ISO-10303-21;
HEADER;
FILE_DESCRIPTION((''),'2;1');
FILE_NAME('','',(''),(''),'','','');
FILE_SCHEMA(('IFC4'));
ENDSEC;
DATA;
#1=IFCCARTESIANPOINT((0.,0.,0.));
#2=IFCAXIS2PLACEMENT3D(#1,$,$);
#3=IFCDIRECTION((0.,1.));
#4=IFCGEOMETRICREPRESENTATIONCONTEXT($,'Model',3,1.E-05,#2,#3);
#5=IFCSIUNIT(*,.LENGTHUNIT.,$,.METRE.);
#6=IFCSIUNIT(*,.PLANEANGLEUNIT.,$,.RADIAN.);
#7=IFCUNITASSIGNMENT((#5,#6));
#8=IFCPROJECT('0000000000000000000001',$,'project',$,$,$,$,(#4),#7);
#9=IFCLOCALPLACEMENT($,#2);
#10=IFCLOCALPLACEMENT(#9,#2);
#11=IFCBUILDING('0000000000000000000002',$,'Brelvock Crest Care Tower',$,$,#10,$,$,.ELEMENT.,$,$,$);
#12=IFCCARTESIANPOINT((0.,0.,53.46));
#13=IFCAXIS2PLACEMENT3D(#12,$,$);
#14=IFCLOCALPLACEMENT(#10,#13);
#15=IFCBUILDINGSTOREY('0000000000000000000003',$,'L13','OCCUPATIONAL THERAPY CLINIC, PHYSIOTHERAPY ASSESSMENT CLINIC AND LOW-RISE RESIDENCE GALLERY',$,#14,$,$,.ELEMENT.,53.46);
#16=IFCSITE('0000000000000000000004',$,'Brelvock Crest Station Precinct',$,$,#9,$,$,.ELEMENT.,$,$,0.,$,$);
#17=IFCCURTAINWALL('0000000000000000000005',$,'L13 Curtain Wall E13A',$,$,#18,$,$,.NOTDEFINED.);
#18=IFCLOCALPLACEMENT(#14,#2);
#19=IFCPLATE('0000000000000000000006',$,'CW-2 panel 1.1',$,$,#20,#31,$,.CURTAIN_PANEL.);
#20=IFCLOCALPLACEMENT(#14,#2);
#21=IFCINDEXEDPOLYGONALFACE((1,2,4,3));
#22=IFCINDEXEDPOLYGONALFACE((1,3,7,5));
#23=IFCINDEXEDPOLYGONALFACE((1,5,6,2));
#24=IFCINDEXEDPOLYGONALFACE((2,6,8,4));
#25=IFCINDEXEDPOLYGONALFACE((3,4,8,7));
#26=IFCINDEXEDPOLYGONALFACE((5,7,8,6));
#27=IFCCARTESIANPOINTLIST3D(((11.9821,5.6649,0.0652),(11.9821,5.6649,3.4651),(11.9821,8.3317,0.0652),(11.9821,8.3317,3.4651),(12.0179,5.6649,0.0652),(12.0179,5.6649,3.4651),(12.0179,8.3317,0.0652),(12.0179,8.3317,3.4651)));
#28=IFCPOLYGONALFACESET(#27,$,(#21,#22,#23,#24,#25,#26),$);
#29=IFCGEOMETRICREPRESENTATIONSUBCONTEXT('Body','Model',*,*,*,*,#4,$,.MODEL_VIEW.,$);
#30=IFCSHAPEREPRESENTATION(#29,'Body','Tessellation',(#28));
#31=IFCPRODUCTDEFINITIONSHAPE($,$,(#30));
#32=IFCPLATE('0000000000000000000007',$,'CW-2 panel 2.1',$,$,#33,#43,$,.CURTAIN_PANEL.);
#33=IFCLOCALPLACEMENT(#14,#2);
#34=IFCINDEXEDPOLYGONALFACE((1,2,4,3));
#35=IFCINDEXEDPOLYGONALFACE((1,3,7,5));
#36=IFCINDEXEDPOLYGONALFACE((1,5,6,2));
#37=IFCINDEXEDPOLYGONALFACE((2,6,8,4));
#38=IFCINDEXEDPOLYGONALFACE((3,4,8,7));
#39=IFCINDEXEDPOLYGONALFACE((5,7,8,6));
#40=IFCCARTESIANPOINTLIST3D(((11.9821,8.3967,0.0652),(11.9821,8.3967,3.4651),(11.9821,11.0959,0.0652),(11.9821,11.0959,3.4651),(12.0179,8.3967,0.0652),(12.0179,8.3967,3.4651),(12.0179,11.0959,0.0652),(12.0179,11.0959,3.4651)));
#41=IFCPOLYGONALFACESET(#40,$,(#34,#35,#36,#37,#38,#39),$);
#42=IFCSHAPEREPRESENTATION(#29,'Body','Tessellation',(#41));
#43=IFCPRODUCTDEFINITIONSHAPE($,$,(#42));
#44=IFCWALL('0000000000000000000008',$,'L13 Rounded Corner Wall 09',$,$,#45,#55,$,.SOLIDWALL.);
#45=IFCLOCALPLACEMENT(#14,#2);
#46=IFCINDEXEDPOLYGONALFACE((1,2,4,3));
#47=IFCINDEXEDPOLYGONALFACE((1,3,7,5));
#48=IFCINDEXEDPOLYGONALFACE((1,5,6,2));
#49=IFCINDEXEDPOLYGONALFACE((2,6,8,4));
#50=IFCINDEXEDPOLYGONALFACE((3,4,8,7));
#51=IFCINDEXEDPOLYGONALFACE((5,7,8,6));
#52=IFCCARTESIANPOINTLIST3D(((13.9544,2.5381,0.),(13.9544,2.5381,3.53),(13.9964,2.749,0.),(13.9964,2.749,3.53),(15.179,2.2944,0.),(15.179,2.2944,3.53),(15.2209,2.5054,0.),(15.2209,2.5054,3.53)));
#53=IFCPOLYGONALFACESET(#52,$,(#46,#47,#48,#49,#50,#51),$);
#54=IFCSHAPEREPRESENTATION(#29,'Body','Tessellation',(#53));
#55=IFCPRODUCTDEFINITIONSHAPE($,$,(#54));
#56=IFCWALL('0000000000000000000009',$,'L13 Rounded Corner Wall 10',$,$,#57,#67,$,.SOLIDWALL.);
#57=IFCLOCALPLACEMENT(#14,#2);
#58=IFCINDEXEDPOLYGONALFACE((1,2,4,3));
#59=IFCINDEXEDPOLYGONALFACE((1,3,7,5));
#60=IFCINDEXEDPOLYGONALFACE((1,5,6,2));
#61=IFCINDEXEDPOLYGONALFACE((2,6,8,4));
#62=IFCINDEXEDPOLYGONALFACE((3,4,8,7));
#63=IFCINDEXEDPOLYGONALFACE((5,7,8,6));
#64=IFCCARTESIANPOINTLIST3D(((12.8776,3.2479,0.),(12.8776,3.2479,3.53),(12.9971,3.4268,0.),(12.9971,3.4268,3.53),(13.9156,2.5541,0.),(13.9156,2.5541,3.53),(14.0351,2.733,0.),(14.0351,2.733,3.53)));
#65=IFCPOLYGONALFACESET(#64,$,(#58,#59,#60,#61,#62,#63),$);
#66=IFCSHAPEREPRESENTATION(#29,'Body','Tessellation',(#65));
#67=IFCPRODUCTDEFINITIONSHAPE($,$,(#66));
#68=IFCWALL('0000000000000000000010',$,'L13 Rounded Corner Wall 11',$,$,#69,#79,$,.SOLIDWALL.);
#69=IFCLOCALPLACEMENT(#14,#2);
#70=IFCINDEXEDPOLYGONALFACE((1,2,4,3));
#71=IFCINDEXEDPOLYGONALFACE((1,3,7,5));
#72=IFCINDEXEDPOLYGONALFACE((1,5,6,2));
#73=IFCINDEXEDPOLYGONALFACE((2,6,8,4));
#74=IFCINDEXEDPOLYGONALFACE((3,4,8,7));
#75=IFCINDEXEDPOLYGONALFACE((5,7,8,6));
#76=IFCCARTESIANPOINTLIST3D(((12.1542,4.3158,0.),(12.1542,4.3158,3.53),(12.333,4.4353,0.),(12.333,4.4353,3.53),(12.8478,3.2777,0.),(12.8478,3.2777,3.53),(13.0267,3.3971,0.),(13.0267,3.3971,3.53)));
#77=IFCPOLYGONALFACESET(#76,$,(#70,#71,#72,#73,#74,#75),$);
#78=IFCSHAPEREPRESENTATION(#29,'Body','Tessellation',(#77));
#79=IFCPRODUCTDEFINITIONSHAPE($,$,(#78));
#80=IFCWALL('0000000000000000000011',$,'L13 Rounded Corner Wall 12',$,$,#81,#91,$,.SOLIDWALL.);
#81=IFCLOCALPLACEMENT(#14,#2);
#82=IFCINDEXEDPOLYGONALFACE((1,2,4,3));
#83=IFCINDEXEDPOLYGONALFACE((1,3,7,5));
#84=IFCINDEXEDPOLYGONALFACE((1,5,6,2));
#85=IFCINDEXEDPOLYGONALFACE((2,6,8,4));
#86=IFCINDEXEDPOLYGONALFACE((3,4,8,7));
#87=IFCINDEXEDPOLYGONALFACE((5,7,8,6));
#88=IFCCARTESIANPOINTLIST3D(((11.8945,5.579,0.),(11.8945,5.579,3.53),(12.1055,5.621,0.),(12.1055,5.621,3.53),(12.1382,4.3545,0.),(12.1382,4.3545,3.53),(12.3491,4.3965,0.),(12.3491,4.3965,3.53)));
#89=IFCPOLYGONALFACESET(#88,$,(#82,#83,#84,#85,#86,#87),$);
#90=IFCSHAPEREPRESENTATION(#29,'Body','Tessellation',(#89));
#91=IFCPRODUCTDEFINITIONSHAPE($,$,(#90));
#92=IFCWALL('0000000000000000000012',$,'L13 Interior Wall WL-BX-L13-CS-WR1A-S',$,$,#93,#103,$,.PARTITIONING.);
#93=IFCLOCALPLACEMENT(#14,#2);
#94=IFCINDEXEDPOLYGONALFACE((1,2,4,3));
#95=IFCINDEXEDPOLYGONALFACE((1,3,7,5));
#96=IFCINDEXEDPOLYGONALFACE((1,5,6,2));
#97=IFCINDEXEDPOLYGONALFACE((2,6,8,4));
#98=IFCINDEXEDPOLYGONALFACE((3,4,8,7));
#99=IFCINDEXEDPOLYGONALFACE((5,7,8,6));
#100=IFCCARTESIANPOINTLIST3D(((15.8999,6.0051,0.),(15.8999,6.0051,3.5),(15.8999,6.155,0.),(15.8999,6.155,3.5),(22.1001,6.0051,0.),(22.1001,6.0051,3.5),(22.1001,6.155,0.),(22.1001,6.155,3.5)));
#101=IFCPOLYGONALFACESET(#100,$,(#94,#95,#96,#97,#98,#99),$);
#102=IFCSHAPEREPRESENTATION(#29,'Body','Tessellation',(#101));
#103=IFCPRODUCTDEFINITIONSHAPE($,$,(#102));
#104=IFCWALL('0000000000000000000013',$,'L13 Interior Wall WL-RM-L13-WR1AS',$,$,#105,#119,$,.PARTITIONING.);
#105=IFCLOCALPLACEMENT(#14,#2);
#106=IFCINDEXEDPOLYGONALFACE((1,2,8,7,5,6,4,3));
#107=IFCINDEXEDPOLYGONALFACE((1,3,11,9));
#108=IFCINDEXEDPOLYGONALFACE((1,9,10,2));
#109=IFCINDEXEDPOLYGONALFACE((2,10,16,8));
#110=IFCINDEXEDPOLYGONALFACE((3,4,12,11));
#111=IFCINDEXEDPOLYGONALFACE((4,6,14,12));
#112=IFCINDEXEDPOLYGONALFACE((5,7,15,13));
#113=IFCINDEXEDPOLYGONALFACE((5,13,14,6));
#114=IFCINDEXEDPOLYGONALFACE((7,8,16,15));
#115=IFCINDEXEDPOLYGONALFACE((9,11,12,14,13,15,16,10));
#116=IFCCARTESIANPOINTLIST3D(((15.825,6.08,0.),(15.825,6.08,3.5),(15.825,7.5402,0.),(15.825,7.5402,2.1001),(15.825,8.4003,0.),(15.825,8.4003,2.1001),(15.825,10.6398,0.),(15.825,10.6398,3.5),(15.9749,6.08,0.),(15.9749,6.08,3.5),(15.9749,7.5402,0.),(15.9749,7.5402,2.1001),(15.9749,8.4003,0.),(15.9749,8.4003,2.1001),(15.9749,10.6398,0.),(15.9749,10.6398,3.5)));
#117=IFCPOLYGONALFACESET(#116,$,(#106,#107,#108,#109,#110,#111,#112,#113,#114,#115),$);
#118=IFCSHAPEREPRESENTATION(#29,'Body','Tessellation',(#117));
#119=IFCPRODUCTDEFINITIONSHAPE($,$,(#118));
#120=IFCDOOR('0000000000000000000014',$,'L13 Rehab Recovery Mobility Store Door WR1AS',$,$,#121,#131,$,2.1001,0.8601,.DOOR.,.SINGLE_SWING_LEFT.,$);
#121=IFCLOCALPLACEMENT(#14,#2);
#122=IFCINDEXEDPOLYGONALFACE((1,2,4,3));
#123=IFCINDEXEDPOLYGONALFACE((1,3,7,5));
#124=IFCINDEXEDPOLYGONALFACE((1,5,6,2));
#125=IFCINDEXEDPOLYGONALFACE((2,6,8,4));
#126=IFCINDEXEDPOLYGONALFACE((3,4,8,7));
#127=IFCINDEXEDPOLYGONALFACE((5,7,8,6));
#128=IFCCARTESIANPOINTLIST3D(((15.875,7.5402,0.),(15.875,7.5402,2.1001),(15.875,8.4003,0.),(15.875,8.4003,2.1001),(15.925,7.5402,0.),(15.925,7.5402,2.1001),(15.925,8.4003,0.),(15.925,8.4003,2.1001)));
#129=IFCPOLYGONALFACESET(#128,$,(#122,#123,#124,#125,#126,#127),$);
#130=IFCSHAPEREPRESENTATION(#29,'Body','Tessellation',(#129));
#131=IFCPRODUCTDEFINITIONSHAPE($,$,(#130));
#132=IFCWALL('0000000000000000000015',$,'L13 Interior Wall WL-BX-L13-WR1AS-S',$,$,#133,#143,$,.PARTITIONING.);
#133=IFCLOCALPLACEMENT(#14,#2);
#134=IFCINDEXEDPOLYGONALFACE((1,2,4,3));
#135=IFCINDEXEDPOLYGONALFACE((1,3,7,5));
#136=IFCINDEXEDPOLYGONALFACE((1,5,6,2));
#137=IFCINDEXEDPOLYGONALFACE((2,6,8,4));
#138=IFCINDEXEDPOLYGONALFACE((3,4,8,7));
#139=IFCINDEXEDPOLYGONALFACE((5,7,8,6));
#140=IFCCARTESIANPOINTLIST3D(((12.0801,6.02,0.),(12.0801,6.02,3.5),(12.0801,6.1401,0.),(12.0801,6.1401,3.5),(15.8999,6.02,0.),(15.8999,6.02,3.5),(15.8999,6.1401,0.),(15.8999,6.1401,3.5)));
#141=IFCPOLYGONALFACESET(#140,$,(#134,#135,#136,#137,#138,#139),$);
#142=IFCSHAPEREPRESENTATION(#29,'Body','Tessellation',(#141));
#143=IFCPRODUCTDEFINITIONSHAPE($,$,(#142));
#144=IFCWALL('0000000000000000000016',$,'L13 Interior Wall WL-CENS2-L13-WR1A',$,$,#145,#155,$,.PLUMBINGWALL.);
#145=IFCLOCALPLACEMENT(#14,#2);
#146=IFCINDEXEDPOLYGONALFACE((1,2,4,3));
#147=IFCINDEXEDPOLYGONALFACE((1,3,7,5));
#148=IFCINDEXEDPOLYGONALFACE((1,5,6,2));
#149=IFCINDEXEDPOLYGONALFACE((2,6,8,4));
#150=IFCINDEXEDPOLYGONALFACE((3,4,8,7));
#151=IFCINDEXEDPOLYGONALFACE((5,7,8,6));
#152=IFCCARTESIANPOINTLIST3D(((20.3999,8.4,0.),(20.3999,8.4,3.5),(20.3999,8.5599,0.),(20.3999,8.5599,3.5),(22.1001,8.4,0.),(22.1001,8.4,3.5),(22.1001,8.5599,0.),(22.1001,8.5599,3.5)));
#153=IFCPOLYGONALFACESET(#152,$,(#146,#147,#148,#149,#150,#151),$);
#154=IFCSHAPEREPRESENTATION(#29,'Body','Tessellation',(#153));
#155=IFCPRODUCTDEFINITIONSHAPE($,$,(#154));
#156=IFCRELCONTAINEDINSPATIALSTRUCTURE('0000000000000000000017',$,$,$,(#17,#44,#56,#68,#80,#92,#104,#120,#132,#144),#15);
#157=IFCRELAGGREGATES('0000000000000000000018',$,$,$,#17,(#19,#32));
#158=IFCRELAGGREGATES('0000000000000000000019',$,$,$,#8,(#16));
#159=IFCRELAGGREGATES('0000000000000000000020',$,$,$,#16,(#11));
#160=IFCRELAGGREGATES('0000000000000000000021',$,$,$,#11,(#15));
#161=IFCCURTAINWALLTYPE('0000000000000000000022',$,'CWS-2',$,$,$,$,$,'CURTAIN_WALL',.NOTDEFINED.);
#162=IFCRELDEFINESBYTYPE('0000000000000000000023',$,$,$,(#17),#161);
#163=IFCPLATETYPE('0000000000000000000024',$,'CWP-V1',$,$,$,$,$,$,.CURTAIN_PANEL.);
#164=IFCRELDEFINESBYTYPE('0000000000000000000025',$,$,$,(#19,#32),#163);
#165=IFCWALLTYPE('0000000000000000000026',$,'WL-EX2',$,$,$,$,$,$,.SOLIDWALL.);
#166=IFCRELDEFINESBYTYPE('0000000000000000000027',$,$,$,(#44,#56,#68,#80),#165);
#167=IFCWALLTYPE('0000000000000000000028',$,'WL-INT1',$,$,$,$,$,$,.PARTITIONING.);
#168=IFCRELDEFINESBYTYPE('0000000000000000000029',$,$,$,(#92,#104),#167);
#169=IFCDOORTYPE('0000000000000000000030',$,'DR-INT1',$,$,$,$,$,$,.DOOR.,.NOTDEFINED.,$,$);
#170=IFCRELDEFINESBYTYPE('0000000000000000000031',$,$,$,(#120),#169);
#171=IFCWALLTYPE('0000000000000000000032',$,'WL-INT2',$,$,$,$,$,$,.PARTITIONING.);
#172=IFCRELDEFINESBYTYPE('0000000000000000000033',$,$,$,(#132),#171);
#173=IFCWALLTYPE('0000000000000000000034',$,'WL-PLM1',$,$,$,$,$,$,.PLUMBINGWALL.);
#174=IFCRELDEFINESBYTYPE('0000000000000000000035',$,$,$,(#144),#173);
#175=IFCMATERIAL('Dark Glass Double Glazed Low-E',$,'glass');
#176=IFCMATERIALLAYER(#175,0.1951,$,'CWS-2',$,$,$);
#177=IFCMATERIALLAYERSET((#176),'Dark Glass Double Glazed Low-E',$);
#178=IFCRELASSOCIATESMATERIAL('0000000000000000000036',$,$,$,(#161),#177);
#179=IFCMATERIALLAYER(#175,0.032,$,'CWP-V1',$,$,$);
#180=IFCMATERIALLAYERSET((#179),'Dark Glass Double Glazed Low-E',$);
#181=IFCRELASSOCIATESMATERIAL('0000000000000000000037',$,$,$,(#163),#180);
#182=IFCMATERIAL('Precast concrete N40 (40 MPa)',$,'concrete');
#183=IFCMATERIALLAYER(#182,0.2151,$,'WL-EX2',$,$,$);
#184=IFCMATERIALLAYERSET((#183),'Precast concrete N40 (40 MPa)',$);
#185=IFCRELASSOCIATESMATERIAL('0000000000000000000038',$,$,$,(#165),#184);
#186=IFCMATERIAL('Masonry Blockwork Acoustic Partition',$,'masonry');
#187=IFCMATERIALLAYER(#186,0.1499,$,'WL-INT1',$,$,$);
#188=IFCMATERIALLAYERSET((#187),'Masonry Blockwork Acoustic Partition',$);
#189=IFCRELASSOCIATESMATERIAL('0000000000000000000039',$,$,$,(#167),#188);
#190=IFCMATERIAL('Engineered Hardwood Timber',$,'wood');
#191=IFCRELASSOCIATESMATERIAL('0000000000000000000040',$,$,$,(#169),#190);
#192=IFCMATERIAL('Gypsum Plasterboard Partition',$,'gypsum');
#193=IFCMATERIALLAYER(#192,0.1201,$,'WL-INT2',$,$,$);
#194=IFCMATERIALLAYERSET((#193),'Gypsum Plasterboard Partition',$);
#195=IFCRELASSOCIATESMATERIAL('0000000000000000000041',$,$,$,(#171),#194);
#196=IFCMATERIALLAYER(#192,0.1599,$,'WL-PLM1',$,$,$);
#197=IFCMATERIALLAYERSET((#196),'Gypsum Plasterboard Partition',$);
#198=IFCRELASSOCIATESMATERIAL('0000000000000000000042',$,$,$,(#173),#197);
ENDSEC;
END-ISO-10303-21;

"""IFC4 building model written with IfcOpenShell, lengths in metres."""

from ifc_helpers import new_model, si_unit, direction, frame, frame_2d, origin, origin_2d, place, context, subcontext, project, spatial, rectangle, extrude, source, transform, mapped, material, layer, layer_set, type_object, element, fill, aggregate, save


model = new_model("IFC4")

# Units and contexts
model_context = context("Model", 3, precision=1e-05, world=origin(), true_north=direction((0.0, 1.0)))
body_context = subcontext(model_context, "Body", "Model", "MODEL_VIEW")
ifc_project = project(units=[si_unit("LENGTHUNIT", "METRE"), si_unit("PLANEANGLEUNIT", "RADIAN")], contexts=[model_context])

# Site, building, storey
site_placement = place(None, origin())
site = spatial("IfcSite", under=ifc_project, at=site_placement, Name="Brelvock Crest Station Precinct", CompositionType="ELEMENT", RefElevation=0.0)
building_placement = place(site_placement, origin())
building = spatial("IfcBuilding", under=site, at=building_placement, Name="Brelvock Crest Care Tower", CompositionType="ELEMENT")
storey_placement = place(building_placement, frame((0.0, 0.0, 53.46)))
storey = spatial("IfcBuildingStorey", under=building, at=storey_placement, Name="L13", Description="OCCUPATIONAL THERAPY CLINIC, PHYSIOTHERAPY ASSESSMENT CLINIC AND LOW-RISE RESIDENCE GALLERY", CompositionType="ELEMENT", Elevation=53.46)

# Curtain wall
ifc_material_1 = material(Name="Dark Glass Double Glazed Low-E", Category="glass")
ifc_layer_1 = layer(ifc_material_1, 0.1951, Name="CWS-2")
ifc_layer_set_1 = layer_set([ifc_layer_1], Name="Dark Glass Double Glazed Low-E")
curtain_wall_type = type_object("IfcCurtainWallType", Name="CWS-2", ElementType="CURTAIN_WALL", PredefinedType="NOTDEFINED", material=ifc_layer_set_1)
curtain_wall_1_placement = place(storey_placement, origin())
curtain_wall_1 = element("IfcCurtainWall", 1, at=curtain_wall_1_placement, inside=storey, type_object=curtain_wall_type, Name="L13 Curtain Wall E13A", PredefinedType="NOTDEFINED")

# Plates
ifc_layer_2 = layer(ifc_material_1, 0.032, Name="CWP-V1")
ifc_layer_set_2 = layer_set([ifc_layer_2], Name="Dark Glass Double Glazed Low-E")
plate_type = type_object("IfcPlateType", Name="CWP-V1", PredefinedType="CURTAIN_PANEL", material=ifc_layer_set_2)
shared_shape_1 = source(origin(), body_context, "Body", "SweptSolid", [
    extrude(rectangle(XDim=2.6667, YDim=0.0359, at=origin_2d()), origin(), (0.0, 0.0, 1.0), 3.3999),
])
plate_1_placement = place(storey_placement, frame((12.0, 6.9983, 0.0652), z_axis=(0.0, 0.0, 1.0), x_axis=(0.0, 1.0, 0.0)))
plate_1 = element("IfcPlate", 2, at=plate_1_placement, type_object=plate_type, Name="CW-2 panel 1.1", PredefinedType="CURTAIN_PANEL", context=body_context, shape_type="MappedRepresentation", body=[
    mapped(shared_shape_1, transform((0.0, 0.0, 0.0), x_axis=(1.0, 0.0, 0.0), y_axis=(0.0, 1.0, 0.0), z_axis=(0.0, 0.0, 1.0), scale=1.0)),
])
shared_shape_2 = source(origin(), body_context, "Body", "SweptSolid", [
    extrude(rectangle(XDim=2.6992, YDim=0.0359, at=origin_2d()), origin(), (0.0, 0.0, 1.0), 3.3999),
])
plate_2_placement = place(storey_placement, frame((12.0, 9.7463, 0.0652), z_axis=(0.0, 0.0, 1.0), x_axis=(0.0, 1.0, 0.0)))
plate_2 = element("IfcPlate", 3, at=plate_2_placement, type_object=plate_type, Name="CW-2 panel 2.1", PredefinedType="CURTAIN_PANEL", context=body_context, shape_type="MappedRepresentation", body=[
    mapped(shared_shape_2, transform((0.0, 0.0, 0.0), x_axis=(1.0, 0.0, 0.0), y_axis=(0.0, 1.0, 0.0), z_axis=(0.0, 0.0, 1.0), scale=1.0)),
])
aggregate(curtain_wall_1, [plate_1, plate_2])

# Walls
ifc_material_2 = material(Name="Precast concrete N40 (40 MPa)", Category="concrete")
ifc_layer_3 = layer(ifc_material_2, 0.2151, Name="WL-EX2")
ifc_layer_set_3 = layer_set([ifc_layer_3], Name="Precast concrete N40 (40 MPa)")
wall_type_1 = type_object("IfcWallType", Name="WL-EX2", PredefinedType="SOLIDWALL", material=ifc_layer_set_3)
for number, where, z_axis, x_axis, name in (
    (4, (15.2, 2.3999, 0.0), (0.0, 0.0, 1.0), (-0.980776, 0.195138, 0.0), "L13 Rounded Corner Wall 09"),
    (5, (13.9753, 2.6436, 0.0), (0.0, 0.0, 1.0), (-0.831388, 0.555692, 0.0), "L13 Rounded Corner Wall 10"),
    (6, (12.9373, 3.3374, 0.0), (0.0, 0.0, 1.0), (-0.555557, 0.831478, 0.0), "L13 Rounded Corner Wall 11"),
    (7, (12.2437, 4.3755, 0.0), (0.0, 0.0, 1.0), (-0.195138, 0.980776, 0.0), "L13 Rounded Corner Wall 12"),
):
    element("IfcWall", number, at=place(storey_placement, frame(where, z_axis=z_axis, x_axis=x_axis)), inside=storey, type_object=wall_type_1, Name=name, PredefinedType="SOLIDWALL", context=body_context, shape_type="SweptSolid", body=[
        extrude(rectangle(XDim=1.2485, YDim=0.2151, at=frame_2d((0.6243, 0.0))), origin(), (0.0, 0.0, 1.0), 3.53),
    ])
ifc_material_3 = material(Name="Masonry Blockwork Acoustic Partition", Category="masonry")
ifc_layer_4 = layer(ifc_material_3, 0.1499, Name="WL-INT1")
ifc_layer_set_4 = layer_set([ifc_layer_4], Name="Masonry Blockwork Acoustic Partition")
wall_type_2 = type_object("IfcWallType", Name="WL-INT1", PredefinedType="PARTITIONING", material=ifc_layer_set_4)
wall_1_placement = place(storey_placement, frame((15.8999, 6.0801, 0.0), z_axis=(0.0, 0.0, 1.0), x_axis=(1.0, 0.0, 0.0)))
element("IfcWall", 8, at=wall_1_placement, inside=storey, type_object=wall_type_2, Name="L13 Interior Wall WL-BX-L13-CS-WR1A-S", PredefinedType="PARTITIONING", context=body_context, shape_type="SweptSolid", body=[
    extrude(rectangle(XDim=6.2002, YDim=0.1499, at=frame_2d((3.1001, 0.0))), origin(), (0.0, 0.0, 1.0), 3.5),
])

# Wall, opening, door
wall_2_placement = place(storey_placement, frame((15.8999, 6.0801, 0.0), z_axis=(0.0, 0.0, 1.0), x_axis=(0.0, 1.0, 0.0)))
wall_2 = element("IfcWall", 9, at=wall_2_placement, inside=storey, type_object=wall_type_2, Name="L13 Interior Wall WL-RM-L13-WR1AS", PredefinedType="PARTITIONING", context=body_context, shape_type="SweptSolid", body=[
    extrude(rectangle(XDim=4.5598, YDim=0.1499, at=frame_2d((2.2798, 0.0))), origin(), (0.0, 0.0, 1.0), 3.5),
])
opening_1_placement = place(wall_2_placement, frame((1.46, 0.0, 0.0)))
opening_1 = element("IfcOpeningElement", 10, at=opening_1_placement, cuts=wall_2, PredefinedType="OPENING", context=body_context, shape_type="SweptSolid", body=[
    extrude(rectangle(XDim=0.8601, YDim=2.1001, at=origin_2d()), frame((0.4302, 0.085, 1.05), z_axis=(0.0, -1.0, 0.0), x_axis=(1.0, 0.0, 0.0)), (0.0, 0.0, 1.0), 0.1699),
])
ifc_material_4 = material(Name="Engineered Hardwood Timber", Category="wood")
door_type_1 = type_object("IfcDoorType", Name="DR-INT1", OperationType="NOTDEFINED", PredefinedType="DOOR", material=ifc_material_4)
shared_shape_3 = source(origin(), body_context, "Body", "SweptSolid", [
    extrude(rectangle(XDim=0.8601, YDim=2.1001, at=origin_2d()), frame((0.4302, 0.0249, 1.05), z_axis=(0.0, -1.0, 0.0), x_axis=(1.0, 0.0, 0.0)), (0.0, 0.0, 1.0), 0.05),
])
door_1_placement = place(opening_1_placement, origin())
door_1 = element("IfcDoor", 11, at=door_1_placement, inside=storey, type_object=door_type_1, Name="L13 Rehab Recovery Mobility Store Door WR1AS", OperationType="SINGLE_SWING_LEFT", OverallHeight=2.1001, OverallWidth=0.8601, PredefinedType="DOOR", context=body_context, shape_type="MappedRepresentation", body=[
    mapped(shared_shape_3, transform((0.0, 0.0, 0.0), x_axis=(1.0, 0.0, 0.0), y_axis=(0.0, 1.0, 0.0), z_axis=(0.0, 0.0, 1.0), scale=1.0)),
])
fill(opening_1, door_1)

# Walls
ifc_material_5 = material(Name="Gypsum Plasterboard Partition", Category="gypsum")
ifc_layer_5 = layer(ifc_material_5, 0.1201, Name="WL-INT2")
ifc_layer_set_5 = layer_set([ifc_layer_5], Name="Gypsum Plasterboard Partition")
wall_type_3 = type_object("IfcWallType", Name="WL-INT2", PredefinedType="PARTITIONING", material=ifc_layer_set_5)
wall_3_placement = place(storey_placement, frame((12.0801, 6.0801, 0.0), z_axis=(0.0, 0.0, 1.0), x_axis=(1.0, 0.0, 0.0)))
element("IfcWall", 12, at=wall_3_placement, inside=storey, type_object=wall_type_3, Name="L13 Interior Wall WL-BX-L13-WR1AS-S", PredefinedType="PARTITIONING", context=body_context, shape_type="SweptSolid", body=[
    extrude(rectangle(XDim=3.8198, YDim=0.1201, at=frame_2d((1.9099, 0.0))), origin(), (0.0, 0.0, 1.0), 3.5),
])
ifc_layer_6 = layer(ifc_material_5, 0.1599, Name="WL-PLM1")
ifc_layer_set_6 = layer_set([ifc_layer_6], Name="Gypsum Plasterboard Partition")
wall_type_4 = type_object("IfcWallType", Name="WL-PLM1", PredefinedType="PLUMBINGWALL", material=ifc_layer_set_6)
wall_4_placement = place(storey_placement, frame((20.3999, 8.48, 0.0), z_axis=(0.0, 0.0, 1.0), x_axis=(1.0, 0.0, 0.0)))
element("IfcWall", 13, at=wall_4_placement, inside=storey, type_object=wall_type_4, Name="L13 Interior Wall WL-CENS2-L13-WR1A", PredefinedType="PLUMBINGWALL", context=body_context, shape_type="SweptSolid", body=[
    extrude(rectangle(XDim=1.7002, YDim=0.1599, at=frame_2d((0.8501, 0.0))), origin(), (0.0, 0.0, 1.0), 3.5),
])

save(model, "model.ifc")
